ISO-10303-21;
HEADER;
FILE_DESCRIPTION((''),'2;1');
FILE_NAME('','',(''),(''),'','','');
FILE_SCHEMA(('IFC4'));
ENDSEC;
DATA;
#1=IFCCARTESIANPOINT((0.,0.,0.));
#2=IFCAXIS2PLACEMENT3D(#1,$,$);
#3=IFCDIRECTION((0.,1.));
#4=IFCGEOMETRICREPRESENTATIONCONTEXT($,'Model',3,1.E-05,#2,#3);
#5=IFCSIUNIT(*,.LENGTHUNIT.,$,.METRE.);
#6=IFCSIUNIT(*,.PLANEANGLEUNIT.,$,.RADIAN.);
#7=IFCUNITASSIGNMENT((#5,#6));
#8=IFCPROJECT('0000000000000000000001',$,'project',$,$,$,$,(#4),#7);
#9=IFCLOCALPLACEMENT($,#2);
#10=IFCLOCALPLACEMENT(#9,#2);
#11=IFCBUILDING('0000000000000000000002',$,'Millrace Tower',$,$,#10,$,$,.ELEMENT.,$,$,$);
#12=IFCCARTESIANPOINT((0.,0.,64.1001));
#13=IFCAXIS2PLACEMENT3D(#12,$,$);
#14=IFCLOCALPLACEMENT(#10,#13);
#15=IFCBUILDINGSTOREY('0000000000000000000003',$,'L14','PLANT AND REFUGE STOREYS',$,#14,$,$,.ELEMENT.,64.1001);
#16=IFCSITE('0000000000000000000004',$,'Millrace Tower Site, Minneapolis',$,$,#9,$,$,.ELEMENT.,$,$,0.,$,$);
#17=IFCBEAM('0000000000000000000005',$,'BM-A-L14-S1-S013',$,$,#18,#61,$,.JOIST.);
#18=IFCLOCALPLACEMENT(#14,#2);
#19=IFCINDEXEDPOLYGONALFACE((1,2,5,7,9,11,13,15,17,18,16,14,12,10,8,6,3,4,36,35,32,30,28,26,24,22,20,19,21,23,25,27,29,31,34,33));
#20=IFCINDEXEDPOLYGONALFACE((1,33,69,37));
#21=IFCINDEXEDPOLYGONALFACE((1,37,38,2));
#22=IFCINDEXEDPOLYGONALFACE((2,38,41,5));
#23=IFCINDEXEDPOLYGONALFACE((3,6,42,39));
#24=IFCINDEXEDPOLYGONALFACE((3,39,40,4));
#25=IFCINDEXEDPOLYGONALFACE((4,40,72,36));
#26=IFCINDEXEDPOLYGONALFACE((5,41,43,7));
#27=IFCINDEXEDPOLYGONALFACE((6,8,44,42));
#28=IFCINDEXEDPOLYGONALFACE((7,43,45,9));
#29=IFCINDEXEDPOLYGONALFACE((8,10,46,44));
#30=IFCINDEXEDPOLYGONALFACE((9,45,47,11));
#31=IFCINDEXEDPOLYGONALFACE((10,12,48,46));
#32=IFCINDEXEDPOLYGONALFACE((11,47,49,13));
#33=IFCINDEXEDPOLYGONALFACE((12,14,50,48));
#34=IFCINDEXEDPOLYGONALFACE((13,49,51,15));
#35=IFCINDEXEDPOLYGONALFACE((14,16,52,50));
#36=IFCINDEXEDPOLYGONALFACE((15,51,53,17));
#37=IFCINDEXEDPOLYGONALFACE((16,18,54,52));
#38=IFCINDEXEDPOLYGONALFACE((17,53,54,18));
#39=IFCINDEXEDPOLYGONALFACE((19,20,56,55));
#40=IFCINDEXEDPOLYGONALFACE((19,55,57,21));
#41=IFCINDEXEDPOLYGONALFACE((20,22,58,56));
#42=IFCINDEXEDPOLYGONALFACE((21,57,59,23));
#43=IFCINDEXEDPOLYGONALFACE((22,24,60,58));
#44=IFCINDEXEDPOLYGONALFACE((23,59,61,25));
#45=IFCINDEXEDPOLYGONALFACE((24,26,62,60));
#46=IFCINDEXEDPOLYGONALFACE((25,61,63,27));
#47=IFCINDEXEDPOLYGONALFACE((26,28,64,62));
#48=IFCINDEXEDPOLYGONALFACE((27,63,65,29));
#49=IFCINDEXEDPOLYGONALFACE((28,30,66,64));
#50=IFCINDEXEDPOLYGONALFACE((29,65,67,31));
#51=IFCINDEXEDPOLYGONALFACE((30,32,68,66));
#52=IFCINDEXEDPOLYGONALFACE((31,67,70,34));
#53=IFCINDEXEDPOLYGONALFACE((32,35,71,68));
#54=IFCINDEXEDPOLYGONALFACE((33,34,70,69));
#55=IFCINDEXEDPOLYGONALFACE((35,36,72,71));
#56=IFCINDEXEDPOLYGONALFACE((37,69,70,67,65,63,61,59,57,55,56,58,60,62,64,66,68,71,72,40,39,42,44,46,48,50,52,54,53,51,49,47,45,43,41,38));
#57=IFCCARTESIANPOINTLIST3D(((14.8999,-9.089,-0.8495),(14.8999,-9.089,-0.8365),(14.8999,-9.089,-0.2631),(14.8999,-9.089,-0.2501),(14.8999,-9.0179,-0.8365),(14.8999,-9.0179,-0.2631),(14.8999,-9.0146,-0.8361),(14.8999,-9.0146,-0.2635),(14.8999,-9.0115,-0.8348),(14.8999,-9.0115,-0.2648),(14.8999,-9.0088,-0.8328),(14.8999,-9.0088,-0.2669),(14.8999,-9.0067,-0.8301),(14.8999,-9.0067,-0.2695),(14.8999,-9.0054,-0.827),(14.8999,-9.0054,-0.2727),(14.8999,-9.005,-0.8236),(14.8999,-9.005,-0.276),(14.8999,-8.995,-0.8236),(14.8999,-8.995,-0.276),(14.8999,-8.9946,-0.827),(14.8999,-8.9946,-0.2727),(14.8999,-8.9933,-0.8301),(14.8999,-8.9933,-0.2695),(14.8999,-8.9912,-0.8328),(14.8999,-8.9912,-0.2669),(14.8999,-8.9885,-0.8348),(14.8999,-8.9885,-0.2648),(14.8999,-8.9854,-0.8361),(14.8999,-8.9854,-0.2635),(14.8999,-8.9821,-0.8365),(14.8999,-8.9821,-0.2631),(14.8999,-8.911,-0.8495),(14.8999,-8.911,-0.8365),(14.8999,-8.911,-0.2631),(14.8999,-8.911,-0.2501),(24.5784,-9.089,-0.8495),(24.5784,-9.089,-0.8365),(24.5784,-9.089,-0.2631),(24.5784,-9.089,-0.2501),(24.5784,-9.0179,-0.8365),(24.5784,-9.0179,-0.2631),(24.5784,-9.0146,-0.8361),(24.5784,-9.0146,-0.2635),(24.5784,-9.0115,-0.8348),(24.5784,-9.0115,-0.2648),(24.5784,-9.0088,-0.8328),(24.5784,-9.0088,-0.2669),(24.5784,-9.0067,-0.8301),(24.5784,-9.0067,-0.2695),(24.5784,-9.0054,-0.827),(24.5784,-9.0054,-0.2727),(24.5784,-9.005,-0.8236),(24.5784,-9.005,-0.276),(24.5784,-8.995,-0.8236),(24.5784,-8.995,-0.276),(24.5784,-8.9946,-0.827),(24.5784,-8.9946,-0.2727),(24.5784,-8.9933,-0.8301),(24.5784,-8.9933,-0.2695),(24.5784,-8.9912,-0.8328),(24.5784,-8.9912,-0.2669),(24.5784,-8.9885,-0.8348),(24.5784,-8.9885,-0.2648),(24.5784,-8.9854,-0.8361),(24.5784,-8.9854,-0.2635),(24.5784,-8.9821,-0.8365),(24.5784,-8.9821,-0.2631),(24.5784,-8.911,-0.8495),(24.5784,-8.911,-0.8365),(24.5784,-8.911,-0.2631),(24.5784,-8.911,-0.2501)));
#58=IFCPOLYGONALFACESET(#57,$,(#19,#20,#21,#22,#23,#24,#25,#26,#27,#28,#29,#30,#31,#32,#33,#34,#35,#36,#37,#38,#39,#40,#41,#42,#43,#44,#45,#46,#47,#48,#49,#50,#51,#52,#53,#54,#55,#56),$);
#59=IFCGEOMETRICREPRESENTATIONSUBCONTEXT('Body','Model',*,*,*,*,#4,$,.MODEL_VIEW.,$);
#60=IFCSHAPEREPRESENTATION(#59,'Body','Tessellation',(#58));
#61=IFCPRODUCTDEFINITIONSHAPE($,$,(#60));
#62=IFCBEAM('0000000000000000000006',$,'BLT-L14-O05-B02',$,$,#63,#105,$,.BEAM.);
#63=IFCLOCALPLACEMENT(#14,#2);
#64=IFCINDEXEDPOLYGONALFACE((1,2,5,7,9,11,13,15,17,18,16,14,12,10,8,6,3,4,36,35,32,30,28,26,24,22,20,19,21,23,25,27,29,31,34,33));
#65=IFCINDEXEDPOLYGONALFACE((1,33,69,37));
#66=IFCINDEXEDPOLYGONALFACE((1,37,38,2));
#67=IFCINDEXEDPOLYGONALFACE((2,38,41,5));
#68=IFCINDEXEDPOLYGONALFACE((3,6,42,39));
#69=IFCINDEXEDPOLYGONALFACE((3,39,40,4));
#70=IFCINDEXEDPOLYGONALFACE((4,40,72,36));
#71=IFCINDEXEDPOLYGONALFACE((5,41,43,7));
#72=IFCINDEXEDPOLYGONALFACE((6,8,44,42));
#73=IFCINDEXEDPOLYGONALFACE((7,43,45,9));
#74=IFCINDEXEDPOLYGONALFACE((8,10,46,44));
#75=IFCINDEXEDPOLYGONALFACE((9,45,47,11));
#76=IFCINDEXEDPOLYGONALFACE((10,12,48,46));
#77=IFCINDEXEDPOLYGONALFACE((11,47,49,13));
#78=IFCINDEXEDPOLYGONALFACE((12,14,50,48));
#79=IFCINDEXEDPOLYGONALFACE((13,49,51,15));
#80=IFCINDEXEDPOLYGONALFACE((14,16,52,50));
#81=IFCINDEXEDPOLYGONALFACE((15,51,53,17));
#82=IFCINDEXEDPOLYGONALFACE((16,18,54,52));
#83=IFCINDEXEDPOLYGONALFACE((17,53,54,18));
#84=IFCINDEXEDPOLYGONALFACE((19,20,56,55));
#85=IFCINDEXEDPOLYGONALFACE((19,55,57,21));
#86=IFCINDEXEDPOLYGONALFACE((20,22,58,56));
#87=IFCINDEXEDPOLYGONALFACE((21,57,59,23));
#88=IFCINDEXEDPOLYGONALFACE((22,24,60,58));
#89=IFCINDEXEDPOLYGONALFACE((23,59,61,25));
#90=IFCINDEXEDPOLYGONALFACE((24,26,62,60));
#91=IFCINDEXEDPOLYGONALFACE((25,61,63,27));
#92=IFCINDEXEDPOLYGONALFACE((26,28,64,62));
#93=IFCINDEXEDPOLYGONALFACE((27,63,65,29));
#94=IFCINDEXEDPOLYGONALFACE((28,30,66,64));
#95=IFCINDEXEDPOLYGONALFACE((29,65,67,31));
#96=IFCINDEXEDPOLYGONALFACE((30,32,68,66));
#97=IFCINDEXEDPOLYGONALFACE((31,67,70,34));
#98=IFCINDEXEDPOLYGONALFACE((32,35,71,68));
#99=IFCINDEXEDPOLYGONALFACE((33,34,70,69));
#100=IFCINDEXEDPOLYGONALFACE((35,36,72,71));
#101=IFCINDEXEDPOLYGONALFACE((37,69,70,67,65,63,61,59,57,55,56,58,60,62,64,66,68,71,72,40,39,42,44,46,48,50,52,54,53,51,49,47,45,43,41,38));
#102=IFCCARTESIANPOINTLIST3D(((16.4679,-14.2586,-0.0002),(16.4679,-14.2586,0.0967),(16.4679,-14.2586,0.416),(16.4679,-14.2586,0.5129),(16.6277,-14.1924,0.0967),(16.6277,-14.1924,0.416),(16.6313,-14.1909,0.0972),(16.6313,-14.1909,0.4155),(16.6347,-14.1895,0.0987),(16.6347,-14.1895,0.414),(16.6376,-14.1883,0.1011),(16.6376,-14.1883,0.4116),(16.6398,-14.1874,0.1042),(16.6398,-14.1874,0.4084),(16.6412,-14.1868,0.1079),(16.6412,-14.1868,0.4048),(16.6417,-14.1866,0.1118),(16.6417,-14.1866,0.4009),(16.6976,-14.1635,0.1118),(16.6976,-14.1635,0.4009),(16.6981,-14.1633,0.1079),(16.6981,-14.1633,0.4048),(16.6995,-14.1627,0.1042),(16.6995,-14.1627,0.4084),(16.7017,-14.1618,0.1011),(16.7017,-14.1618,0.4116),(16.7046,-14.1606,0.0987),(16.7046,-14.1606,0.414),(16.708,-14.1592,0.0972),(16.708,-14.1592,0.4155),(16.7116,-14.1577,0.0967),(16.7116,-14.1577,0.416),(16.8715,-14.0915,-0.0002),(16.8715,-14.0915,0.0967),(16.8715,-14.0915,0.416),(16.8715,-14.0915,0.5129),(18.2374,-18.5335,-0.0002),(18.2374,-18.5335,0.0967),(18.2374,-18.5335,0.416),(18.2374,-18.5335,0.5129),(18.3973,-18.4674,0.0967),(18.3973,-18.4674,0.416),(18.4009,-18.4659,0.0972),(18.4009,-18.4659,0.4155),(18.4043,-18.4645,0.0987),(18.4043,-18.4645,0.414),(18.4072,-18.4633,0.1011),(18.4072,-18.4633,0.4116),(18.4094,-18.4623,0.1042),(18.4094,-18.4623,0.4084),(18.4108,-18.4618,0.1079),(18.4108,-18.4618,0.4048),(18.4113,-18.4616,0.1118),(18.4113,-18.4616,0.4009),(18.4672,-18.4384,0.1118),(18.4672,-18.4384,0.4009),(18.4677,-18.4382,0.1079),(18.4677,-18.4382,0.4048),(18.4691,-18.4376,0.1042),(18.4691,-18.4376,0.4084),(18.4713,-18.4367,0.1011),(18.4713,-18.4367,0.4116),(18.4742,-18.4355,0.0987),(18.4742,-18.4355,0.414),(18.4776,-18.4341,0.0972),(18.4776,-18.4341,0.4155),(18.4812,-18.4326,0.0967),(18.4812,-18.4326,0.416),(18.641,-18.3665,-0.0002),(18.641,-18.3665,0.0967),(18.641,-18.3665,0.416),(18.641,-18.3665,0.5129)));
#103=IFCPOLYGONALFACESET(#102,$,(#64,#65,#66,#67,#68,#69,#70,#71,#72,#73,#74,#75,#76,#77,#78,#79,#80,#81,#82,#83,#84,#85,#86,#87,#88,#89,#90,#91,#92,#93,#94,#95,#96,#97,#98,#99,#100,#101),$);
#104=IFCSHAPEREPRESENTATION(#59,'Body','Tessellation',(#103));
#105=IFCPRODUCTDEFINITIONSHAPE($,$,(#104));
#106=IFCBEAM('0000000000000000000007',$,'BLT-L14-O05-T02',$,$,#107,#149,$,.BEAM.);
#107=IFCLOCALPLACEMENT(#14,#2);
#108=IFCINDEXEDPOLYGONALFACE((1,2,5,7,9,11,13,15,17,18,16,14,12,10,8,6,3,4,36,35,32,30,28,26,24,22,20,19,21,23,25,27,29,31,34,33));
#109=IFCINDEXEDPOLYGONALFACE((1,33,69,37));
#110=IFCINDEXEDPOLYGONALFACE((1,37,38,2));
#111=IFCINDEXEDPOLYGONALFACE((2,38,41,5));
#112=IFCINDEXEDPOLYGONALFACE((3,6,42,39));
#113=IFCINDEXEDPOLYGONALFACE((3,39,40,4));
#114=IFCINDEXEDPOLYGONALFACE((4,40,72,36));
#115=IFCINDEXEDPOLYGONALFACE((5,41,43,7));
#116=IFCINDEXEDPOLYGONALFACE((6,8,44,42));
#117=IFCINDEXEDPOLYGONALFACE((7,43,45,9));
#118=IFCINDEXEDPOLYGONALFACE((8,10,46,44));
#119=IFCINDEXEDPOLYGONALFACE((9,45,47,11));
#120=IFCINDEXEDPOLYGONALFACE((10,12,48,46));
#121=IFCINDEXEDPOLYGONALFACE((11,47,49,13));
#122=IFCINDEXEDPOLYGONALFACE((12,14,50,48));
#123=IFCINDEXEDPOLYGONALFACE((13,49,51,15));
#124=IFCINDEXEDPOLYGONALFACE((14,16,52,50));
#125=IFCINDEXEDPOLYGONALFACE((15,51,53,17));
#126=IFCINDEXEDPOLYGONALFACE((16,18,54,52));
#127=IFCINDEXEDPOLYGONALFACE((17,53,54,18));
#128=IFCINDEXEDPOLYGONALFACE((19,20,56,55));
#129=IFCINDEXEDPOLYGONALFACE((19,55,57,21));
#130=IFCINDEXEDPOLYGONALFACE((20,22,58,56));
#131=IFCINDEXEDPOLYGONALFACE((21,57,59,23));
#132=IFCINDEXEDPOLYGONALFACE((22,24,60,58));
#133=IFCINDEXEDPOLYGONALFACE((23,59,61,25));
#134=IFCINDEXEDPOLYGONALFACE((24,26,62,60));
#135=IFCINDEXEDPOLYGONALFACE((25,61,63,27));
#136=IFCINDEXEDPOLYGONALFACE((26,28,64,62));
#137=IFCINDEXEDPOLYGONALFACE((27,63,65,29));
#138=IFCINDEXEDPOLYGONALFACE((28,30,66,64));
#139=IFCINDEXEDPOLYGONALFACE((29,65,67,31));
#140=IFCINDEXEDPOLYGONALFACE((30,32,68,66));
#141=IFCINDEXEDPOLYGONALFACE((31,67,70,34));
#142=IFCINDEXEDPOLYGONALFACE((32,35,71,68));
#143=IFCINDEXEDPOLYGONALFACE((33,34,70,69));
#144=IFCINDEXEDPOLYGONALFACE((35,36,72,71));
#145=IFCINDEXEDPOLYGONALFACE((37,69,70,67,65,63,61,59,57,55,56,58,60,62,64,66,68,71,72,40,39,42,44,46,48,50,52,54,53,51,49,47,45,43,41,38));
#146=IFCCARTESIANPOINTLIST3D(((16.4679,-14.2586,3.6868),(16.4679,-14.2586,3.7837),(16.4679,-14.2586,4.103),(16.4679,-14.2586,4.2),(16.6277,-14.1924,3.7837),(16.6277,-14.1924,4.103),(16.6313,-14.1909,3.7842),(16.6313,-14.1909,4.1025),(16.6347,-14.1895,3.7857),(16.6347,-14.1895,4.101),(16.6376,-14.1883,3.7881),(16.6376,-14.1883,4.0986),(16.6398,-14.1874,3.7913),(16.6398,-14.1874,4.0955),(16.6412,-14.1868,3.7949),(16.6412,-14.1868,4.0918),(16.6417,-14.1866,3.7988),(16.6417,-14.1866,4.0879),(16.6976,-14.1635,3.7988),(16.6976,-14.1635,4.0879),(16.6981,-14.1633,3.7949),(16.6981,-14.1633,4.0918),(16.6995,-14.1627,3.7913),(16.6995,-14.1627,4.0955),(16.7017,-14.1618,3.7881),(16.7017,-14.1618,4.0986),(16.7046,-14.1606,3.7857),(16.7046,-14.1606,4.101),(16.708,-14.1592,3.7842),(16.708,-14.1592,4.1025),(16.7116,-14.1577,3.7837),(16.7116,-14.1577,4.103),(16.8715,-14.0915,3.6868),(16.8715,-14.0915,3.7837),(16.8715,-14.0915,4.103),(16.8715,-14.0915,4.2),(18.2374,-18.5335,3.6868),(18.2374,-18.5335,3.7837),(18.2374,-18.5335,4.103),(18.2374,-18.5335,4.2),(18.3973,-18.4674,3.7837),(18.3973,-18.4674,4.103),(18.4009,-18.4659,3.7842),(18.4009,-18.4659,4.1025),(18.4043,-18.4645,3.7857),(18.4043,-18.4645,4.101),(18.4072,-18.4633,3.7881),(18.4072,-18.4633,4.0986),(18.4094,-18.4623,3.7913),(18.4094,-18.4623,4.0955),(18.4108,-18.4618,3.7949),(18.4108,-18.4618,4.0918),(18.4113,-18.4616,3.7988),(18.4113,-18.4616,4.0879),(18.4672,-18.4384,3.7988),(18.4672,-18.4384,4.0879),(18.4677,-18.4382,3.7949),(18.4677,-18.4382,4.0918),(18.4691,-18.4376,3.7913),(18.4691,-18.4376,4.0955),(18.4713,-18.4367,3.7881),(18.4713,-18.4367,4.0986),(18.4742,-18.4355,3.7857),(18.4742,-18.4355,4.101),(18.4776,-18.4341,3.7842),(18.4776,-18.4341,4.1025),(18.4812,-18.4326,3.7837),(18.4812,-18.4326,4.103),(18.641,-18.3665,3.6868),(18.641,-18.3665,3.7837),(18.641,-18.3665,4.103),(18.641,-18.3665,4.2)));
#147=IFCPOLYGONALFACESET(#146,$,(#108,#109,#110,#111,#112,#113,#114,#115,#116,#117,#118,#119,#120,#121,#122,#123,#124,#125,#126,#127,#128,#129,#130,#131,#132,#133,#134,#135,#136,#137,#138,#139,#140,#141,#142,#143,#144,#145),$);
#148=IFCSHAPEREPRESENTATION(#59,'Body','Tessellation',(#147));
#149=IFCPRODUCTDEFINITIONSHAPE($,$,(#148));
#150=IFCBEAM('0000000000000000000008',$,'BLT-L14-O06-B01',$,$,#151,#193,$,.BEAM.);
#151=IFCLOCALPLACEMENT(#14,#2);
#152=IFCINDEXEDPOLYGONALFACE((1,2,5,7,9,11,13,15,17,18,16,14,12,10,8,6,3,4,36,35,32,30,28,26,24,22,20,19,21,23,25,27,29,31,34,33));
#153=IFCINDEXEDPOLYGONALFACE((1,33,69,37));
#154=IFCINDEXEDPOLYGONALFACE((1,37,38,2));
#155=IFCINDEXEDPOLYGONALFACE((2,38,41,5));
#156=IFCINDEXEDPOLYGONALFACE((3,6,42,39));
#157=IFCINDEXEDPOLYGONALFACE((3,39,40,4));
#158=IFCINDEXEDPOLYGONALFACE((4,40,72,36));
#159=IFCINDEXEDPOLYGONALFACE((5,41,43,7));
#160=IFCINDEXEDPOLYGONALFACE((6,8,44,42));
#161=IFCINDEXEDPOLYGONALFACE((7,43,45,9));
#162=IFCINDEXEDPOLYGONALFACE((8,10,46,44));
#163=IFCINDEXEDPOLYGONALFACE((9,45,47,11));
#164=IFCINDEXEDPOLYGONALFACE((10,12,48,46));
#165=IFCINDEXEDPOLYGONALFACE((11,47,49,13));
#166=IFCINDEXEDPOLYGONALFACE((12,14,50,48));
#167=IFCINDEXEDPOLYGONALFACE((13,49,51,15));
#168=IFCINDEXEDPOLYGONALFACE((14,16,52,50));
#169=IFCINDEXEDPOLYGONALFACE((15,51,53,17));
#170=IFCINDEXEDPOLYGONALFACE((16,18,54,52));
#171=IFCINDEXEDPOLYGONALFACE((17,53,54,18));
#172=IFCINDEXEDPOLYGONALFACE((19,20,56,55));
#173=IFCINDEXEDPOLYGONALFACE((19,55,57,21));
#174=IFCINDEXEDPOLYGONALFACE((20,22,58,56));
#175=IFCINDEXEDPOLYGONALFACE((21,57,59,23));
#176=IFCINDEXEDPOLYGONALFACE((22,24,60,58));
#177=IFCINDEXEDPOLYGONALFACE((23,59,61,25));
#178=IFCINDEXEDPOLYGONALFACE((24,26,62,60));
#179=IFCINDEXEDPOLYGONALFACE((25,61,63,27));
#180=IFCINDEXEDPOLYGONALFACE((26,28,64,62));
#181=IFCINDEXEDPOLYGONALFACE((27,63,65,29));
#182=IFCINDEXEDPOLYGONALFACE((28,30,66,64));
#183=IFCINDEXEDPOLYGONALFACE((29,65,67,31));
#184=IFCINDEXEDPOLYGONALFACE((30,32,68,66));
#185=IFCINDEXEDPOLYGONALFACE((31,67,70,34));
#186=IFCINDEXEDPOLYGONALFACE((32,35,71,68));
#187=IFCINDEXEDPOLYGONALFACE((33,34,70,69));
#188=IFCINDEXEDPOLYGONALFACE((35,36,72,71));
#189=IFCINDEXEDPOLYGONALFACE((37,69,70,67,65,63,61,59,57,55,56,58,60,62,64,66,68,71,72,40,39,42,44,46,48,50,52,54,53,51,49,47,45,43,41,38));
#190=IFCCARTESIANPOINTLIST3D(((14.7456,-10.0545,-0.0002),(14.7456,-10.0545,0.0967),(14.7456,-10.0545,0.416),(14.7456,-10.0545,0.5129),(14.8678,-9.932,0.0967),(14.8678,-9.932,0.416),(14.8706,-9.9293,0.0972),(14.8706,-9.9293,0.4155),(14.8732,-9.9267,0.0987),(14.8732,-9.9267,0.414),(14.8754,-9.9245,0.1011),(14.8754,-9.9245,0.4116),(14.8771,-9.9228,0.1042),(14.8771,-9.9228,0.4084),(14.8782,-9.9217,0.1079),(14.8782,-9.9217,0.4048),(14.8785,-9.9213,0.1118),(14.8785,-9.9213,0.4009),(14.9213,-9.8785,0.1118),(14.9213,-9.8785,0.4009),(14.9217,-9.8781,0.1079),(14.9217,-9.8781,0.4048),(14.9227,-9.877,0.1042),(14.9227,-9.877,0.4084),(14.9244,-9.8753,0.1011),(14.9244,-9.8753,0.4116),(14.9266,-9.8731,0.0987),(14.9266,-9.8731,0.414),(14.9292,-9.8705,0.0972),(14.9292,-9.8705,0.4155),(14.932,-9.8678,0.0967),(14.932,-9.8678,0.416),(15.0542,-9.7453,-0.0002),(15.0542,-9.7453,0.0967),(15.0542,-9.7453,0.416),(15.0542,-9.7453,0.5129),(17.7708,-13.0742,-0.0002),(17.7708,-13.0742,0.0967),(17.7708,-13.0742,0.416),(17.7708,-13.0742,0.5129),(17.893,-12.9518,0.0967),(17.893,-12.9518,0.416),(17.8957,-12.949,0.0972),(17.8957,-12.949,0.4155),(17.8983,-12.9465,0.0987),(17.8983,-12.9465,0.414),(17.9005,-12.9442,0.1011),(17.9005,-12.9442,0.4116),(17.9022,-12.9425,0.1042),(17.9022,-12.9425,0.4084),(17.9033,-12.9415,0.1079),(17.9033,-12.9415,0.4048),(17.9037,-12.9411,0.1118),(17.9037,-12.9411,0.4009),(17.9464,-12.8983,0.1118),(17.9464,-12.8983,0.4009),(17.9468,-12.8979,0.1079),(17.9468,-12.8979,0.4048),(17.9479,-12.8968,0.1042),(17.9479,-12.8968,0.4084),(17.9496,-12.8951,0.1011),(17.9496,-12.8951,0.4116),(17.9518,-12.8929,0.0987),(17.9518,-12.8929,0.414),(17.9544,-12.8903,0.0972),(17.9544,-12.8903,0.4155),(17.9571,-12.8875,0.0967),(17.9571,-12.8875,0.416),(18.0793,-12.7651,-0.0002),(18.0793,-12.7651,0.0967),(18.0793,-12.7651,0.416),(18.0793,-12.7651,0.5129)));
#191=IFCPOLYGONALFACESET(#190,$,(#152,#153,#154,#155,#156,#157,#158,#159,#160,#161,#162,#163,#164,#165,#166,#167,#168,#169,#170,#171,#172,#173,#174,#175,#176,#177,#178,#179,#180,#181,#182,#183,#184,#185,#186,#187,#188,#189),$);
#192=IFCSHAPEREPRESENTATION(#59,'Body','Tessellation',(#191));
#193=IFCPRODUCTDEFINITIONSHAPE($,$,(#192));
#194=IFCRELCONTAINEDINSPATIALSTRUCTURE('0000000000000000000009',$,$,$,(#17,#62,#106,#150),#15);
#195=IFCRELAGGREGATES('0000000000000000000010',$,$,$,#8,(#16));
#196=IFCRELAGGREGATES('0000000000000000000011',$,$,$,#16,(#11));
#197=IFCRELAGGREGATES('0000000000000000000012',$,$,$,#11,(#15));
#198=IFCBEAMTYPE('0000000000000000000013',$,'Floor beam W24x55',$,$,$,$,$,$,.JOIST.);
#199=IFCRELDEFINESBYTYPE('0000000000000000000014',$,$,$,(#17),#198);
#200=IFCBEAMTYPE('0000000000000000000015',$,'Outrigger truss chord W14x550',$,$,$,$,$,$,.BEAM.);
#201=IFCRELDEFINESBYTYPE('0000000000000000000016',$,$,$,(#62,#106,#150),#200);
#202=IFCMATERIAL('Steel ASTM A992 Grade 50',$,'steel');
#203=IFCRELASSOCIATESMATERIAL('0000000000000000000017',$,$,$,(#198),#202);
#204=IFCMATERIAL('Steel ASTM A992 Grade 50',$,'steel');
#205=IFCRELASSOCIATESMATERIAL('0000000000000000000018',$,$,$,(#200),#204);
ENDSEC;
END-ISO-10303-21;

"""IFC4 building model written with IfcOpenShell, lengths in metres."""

from ifc_helpers import new_model, si_unit, direction, frame, origin, origin_2d, place, context, subcontext, project, spatial, i_section, extrude, material, material_profile, profile_set, type_object, element, save


model = new_model("IFC4")

# Units and contexts
model_context = context("Model", 3, precision=1e-05, world=origin(), true_north=direction((0.0, 1.0)))
body_context = subcontext(model_context, "Body", "Model", "MODEL_VIEW")
ifc_project = project(units=[si_unit("LENGTHUNIT", "METRE"), si_unit("PLANEANGLEUNIT", "RADIAN")], contexts=[model_context])

# Site, building, storey
site_placement = place(None, origin())
site = spatial("IfcSite", under=ifc_project, at=site_placement, Name="Millrace Tower Site, Minneapolis", CompositionType="ELEMENT", RefElevation=0.0)
building_placement = place(site_placement, origin())
building = spatial("IfcBuilding", under=site, at=building_placement, Name="Millrace Tower", CompositionType="ELEMENT")
storey_placement = place(building_placement, frame((0.0, 0.0, 64.1001)))
storey = spatial("IfcBuildingStorey", under=building, at=storey_placement, Name="L14", Description="PLANT AND REFUGE STOREYS", CompositionType="ELEMENT", Elevation=64.1001)

# Beams
ifc_material_1 = material(Name="Steel ASTM A992 Grade 50", Category="steel")
ifc_material_profile_1 = material_profile(ifc_material_1, i_section(OverallWidth=0.178, OverallDepth=0.5994, WebThickness=0.01, FlangeThickness=0.0129, FilletRadius=0.0129, at=origin_2d()))
ifc_profile_set_1 = profile_set([ifc_material_profile_1], Name="Steel ASTM A992 Grade 50")
beam_type_1 = type_object("IfcBeamType", Name="Floor beam W24x55", PredefinedType="JOIST", material=ifc_profile_set_1)
beam_1_placement = place(storey_placement, frame((14.8999, -9.0, -0.5498), z_axis=(1.0, 0.0, 0.0), x_axis=(0.0, 1.0, 0.0)))
element("IfcBeam", 1, at=beam_1_placement, inside=storey, type_object=beam_type_1, Name="BM-A-L14-S1-S013", PredefinedType="JOIST", context=body_context, shape_type="SweptSolid", body=[
    extrude(i_section(OverallWidth=0.178, OverallDepth=0.5994, WebThickness=0.01, FlangeThickness=0.0129, FilletRadius=0.0129, at=origin_2d()), origin(), (0.0, 0.0, 1.0), 9.6785),
])
ifc_material_2 = material(Name="Steel ASTM A992 Grade 50", Category="steel")
ifc_material_profile_2 = material_profile(ifc_material_2, i_section(OverallWidth=0.4368, OverallDepth=0.5132, WebThickness=0.0605, FlangeThickness=0.0969, FilletRadius=0.0151, at=origin_2d()))
ifc_profile_set_2 = profile_set([ifc_material_profile_2], Name="Steel ASTM A992 Grade 50")
beam_type_2 = type_object("IfcBeamType", Name="Outrigger truss chord W14x550", PredefinedType="BEAM", material=ifc_profile_set_2)
for number, where, z_axis, x_axis, name in (
    (2, (16.6697, -14.175, 0.2563), (0.382464, -0.923971, 0.0), (0.923971, 0.382464, 0.0), "BLT-L14-O05-B02"),
    (3, (16.6697, -14.175, 3.9434), (0.382464, -0.923971, 0.0), (0.923971, 0.382464, 0.0), "BLT-L14-O05-T02"),
):
    element("IfcBeam", number, at=place(storey_placement, frame(where, z_axis=z_axis, x_axis=x_axis)), inside=storey, type_object=beam_type_2, Name=name, PredefinedType="BEAM", context=body_context, shape_type="SweptSolid", body=[
        extrude(i_section(OverallWidth=0.4368, OverallDepth=0.5132, WebThickness=0.0605, FlangeThickness=0.0969, FilletRadius=0.0151, at=origin_2d()), origin(), (0.0, 0.0, 1.0), 4.6267),
    ])
beam_2_placement = place(storey_placement, frame((14.8999, -9.8999, 0.2563), z_axis=(0.707735, -0.706478, 0.0), x_axis=(0.706478, 0.707735, 0.0)))
element("IfcBeam", 4, at=beam_2_placement, inside=storey, type_object=beam_type_2, Name="BLT-L14-O06-B01", PredefinedType="BEAM", context=body_context, shape_type="SweptSolid", body=[
    extrude(i_section(OverallWidth=0.4368, OverallDepth=0.5132, WebThickness=0.0605, FlangeThickness=0.0969, FilletRadius=0.0151, at=origin_2d()), origin(), (0.0, 0.0, 1.0), 4.2744),
])

save(model, "model.ifc")
